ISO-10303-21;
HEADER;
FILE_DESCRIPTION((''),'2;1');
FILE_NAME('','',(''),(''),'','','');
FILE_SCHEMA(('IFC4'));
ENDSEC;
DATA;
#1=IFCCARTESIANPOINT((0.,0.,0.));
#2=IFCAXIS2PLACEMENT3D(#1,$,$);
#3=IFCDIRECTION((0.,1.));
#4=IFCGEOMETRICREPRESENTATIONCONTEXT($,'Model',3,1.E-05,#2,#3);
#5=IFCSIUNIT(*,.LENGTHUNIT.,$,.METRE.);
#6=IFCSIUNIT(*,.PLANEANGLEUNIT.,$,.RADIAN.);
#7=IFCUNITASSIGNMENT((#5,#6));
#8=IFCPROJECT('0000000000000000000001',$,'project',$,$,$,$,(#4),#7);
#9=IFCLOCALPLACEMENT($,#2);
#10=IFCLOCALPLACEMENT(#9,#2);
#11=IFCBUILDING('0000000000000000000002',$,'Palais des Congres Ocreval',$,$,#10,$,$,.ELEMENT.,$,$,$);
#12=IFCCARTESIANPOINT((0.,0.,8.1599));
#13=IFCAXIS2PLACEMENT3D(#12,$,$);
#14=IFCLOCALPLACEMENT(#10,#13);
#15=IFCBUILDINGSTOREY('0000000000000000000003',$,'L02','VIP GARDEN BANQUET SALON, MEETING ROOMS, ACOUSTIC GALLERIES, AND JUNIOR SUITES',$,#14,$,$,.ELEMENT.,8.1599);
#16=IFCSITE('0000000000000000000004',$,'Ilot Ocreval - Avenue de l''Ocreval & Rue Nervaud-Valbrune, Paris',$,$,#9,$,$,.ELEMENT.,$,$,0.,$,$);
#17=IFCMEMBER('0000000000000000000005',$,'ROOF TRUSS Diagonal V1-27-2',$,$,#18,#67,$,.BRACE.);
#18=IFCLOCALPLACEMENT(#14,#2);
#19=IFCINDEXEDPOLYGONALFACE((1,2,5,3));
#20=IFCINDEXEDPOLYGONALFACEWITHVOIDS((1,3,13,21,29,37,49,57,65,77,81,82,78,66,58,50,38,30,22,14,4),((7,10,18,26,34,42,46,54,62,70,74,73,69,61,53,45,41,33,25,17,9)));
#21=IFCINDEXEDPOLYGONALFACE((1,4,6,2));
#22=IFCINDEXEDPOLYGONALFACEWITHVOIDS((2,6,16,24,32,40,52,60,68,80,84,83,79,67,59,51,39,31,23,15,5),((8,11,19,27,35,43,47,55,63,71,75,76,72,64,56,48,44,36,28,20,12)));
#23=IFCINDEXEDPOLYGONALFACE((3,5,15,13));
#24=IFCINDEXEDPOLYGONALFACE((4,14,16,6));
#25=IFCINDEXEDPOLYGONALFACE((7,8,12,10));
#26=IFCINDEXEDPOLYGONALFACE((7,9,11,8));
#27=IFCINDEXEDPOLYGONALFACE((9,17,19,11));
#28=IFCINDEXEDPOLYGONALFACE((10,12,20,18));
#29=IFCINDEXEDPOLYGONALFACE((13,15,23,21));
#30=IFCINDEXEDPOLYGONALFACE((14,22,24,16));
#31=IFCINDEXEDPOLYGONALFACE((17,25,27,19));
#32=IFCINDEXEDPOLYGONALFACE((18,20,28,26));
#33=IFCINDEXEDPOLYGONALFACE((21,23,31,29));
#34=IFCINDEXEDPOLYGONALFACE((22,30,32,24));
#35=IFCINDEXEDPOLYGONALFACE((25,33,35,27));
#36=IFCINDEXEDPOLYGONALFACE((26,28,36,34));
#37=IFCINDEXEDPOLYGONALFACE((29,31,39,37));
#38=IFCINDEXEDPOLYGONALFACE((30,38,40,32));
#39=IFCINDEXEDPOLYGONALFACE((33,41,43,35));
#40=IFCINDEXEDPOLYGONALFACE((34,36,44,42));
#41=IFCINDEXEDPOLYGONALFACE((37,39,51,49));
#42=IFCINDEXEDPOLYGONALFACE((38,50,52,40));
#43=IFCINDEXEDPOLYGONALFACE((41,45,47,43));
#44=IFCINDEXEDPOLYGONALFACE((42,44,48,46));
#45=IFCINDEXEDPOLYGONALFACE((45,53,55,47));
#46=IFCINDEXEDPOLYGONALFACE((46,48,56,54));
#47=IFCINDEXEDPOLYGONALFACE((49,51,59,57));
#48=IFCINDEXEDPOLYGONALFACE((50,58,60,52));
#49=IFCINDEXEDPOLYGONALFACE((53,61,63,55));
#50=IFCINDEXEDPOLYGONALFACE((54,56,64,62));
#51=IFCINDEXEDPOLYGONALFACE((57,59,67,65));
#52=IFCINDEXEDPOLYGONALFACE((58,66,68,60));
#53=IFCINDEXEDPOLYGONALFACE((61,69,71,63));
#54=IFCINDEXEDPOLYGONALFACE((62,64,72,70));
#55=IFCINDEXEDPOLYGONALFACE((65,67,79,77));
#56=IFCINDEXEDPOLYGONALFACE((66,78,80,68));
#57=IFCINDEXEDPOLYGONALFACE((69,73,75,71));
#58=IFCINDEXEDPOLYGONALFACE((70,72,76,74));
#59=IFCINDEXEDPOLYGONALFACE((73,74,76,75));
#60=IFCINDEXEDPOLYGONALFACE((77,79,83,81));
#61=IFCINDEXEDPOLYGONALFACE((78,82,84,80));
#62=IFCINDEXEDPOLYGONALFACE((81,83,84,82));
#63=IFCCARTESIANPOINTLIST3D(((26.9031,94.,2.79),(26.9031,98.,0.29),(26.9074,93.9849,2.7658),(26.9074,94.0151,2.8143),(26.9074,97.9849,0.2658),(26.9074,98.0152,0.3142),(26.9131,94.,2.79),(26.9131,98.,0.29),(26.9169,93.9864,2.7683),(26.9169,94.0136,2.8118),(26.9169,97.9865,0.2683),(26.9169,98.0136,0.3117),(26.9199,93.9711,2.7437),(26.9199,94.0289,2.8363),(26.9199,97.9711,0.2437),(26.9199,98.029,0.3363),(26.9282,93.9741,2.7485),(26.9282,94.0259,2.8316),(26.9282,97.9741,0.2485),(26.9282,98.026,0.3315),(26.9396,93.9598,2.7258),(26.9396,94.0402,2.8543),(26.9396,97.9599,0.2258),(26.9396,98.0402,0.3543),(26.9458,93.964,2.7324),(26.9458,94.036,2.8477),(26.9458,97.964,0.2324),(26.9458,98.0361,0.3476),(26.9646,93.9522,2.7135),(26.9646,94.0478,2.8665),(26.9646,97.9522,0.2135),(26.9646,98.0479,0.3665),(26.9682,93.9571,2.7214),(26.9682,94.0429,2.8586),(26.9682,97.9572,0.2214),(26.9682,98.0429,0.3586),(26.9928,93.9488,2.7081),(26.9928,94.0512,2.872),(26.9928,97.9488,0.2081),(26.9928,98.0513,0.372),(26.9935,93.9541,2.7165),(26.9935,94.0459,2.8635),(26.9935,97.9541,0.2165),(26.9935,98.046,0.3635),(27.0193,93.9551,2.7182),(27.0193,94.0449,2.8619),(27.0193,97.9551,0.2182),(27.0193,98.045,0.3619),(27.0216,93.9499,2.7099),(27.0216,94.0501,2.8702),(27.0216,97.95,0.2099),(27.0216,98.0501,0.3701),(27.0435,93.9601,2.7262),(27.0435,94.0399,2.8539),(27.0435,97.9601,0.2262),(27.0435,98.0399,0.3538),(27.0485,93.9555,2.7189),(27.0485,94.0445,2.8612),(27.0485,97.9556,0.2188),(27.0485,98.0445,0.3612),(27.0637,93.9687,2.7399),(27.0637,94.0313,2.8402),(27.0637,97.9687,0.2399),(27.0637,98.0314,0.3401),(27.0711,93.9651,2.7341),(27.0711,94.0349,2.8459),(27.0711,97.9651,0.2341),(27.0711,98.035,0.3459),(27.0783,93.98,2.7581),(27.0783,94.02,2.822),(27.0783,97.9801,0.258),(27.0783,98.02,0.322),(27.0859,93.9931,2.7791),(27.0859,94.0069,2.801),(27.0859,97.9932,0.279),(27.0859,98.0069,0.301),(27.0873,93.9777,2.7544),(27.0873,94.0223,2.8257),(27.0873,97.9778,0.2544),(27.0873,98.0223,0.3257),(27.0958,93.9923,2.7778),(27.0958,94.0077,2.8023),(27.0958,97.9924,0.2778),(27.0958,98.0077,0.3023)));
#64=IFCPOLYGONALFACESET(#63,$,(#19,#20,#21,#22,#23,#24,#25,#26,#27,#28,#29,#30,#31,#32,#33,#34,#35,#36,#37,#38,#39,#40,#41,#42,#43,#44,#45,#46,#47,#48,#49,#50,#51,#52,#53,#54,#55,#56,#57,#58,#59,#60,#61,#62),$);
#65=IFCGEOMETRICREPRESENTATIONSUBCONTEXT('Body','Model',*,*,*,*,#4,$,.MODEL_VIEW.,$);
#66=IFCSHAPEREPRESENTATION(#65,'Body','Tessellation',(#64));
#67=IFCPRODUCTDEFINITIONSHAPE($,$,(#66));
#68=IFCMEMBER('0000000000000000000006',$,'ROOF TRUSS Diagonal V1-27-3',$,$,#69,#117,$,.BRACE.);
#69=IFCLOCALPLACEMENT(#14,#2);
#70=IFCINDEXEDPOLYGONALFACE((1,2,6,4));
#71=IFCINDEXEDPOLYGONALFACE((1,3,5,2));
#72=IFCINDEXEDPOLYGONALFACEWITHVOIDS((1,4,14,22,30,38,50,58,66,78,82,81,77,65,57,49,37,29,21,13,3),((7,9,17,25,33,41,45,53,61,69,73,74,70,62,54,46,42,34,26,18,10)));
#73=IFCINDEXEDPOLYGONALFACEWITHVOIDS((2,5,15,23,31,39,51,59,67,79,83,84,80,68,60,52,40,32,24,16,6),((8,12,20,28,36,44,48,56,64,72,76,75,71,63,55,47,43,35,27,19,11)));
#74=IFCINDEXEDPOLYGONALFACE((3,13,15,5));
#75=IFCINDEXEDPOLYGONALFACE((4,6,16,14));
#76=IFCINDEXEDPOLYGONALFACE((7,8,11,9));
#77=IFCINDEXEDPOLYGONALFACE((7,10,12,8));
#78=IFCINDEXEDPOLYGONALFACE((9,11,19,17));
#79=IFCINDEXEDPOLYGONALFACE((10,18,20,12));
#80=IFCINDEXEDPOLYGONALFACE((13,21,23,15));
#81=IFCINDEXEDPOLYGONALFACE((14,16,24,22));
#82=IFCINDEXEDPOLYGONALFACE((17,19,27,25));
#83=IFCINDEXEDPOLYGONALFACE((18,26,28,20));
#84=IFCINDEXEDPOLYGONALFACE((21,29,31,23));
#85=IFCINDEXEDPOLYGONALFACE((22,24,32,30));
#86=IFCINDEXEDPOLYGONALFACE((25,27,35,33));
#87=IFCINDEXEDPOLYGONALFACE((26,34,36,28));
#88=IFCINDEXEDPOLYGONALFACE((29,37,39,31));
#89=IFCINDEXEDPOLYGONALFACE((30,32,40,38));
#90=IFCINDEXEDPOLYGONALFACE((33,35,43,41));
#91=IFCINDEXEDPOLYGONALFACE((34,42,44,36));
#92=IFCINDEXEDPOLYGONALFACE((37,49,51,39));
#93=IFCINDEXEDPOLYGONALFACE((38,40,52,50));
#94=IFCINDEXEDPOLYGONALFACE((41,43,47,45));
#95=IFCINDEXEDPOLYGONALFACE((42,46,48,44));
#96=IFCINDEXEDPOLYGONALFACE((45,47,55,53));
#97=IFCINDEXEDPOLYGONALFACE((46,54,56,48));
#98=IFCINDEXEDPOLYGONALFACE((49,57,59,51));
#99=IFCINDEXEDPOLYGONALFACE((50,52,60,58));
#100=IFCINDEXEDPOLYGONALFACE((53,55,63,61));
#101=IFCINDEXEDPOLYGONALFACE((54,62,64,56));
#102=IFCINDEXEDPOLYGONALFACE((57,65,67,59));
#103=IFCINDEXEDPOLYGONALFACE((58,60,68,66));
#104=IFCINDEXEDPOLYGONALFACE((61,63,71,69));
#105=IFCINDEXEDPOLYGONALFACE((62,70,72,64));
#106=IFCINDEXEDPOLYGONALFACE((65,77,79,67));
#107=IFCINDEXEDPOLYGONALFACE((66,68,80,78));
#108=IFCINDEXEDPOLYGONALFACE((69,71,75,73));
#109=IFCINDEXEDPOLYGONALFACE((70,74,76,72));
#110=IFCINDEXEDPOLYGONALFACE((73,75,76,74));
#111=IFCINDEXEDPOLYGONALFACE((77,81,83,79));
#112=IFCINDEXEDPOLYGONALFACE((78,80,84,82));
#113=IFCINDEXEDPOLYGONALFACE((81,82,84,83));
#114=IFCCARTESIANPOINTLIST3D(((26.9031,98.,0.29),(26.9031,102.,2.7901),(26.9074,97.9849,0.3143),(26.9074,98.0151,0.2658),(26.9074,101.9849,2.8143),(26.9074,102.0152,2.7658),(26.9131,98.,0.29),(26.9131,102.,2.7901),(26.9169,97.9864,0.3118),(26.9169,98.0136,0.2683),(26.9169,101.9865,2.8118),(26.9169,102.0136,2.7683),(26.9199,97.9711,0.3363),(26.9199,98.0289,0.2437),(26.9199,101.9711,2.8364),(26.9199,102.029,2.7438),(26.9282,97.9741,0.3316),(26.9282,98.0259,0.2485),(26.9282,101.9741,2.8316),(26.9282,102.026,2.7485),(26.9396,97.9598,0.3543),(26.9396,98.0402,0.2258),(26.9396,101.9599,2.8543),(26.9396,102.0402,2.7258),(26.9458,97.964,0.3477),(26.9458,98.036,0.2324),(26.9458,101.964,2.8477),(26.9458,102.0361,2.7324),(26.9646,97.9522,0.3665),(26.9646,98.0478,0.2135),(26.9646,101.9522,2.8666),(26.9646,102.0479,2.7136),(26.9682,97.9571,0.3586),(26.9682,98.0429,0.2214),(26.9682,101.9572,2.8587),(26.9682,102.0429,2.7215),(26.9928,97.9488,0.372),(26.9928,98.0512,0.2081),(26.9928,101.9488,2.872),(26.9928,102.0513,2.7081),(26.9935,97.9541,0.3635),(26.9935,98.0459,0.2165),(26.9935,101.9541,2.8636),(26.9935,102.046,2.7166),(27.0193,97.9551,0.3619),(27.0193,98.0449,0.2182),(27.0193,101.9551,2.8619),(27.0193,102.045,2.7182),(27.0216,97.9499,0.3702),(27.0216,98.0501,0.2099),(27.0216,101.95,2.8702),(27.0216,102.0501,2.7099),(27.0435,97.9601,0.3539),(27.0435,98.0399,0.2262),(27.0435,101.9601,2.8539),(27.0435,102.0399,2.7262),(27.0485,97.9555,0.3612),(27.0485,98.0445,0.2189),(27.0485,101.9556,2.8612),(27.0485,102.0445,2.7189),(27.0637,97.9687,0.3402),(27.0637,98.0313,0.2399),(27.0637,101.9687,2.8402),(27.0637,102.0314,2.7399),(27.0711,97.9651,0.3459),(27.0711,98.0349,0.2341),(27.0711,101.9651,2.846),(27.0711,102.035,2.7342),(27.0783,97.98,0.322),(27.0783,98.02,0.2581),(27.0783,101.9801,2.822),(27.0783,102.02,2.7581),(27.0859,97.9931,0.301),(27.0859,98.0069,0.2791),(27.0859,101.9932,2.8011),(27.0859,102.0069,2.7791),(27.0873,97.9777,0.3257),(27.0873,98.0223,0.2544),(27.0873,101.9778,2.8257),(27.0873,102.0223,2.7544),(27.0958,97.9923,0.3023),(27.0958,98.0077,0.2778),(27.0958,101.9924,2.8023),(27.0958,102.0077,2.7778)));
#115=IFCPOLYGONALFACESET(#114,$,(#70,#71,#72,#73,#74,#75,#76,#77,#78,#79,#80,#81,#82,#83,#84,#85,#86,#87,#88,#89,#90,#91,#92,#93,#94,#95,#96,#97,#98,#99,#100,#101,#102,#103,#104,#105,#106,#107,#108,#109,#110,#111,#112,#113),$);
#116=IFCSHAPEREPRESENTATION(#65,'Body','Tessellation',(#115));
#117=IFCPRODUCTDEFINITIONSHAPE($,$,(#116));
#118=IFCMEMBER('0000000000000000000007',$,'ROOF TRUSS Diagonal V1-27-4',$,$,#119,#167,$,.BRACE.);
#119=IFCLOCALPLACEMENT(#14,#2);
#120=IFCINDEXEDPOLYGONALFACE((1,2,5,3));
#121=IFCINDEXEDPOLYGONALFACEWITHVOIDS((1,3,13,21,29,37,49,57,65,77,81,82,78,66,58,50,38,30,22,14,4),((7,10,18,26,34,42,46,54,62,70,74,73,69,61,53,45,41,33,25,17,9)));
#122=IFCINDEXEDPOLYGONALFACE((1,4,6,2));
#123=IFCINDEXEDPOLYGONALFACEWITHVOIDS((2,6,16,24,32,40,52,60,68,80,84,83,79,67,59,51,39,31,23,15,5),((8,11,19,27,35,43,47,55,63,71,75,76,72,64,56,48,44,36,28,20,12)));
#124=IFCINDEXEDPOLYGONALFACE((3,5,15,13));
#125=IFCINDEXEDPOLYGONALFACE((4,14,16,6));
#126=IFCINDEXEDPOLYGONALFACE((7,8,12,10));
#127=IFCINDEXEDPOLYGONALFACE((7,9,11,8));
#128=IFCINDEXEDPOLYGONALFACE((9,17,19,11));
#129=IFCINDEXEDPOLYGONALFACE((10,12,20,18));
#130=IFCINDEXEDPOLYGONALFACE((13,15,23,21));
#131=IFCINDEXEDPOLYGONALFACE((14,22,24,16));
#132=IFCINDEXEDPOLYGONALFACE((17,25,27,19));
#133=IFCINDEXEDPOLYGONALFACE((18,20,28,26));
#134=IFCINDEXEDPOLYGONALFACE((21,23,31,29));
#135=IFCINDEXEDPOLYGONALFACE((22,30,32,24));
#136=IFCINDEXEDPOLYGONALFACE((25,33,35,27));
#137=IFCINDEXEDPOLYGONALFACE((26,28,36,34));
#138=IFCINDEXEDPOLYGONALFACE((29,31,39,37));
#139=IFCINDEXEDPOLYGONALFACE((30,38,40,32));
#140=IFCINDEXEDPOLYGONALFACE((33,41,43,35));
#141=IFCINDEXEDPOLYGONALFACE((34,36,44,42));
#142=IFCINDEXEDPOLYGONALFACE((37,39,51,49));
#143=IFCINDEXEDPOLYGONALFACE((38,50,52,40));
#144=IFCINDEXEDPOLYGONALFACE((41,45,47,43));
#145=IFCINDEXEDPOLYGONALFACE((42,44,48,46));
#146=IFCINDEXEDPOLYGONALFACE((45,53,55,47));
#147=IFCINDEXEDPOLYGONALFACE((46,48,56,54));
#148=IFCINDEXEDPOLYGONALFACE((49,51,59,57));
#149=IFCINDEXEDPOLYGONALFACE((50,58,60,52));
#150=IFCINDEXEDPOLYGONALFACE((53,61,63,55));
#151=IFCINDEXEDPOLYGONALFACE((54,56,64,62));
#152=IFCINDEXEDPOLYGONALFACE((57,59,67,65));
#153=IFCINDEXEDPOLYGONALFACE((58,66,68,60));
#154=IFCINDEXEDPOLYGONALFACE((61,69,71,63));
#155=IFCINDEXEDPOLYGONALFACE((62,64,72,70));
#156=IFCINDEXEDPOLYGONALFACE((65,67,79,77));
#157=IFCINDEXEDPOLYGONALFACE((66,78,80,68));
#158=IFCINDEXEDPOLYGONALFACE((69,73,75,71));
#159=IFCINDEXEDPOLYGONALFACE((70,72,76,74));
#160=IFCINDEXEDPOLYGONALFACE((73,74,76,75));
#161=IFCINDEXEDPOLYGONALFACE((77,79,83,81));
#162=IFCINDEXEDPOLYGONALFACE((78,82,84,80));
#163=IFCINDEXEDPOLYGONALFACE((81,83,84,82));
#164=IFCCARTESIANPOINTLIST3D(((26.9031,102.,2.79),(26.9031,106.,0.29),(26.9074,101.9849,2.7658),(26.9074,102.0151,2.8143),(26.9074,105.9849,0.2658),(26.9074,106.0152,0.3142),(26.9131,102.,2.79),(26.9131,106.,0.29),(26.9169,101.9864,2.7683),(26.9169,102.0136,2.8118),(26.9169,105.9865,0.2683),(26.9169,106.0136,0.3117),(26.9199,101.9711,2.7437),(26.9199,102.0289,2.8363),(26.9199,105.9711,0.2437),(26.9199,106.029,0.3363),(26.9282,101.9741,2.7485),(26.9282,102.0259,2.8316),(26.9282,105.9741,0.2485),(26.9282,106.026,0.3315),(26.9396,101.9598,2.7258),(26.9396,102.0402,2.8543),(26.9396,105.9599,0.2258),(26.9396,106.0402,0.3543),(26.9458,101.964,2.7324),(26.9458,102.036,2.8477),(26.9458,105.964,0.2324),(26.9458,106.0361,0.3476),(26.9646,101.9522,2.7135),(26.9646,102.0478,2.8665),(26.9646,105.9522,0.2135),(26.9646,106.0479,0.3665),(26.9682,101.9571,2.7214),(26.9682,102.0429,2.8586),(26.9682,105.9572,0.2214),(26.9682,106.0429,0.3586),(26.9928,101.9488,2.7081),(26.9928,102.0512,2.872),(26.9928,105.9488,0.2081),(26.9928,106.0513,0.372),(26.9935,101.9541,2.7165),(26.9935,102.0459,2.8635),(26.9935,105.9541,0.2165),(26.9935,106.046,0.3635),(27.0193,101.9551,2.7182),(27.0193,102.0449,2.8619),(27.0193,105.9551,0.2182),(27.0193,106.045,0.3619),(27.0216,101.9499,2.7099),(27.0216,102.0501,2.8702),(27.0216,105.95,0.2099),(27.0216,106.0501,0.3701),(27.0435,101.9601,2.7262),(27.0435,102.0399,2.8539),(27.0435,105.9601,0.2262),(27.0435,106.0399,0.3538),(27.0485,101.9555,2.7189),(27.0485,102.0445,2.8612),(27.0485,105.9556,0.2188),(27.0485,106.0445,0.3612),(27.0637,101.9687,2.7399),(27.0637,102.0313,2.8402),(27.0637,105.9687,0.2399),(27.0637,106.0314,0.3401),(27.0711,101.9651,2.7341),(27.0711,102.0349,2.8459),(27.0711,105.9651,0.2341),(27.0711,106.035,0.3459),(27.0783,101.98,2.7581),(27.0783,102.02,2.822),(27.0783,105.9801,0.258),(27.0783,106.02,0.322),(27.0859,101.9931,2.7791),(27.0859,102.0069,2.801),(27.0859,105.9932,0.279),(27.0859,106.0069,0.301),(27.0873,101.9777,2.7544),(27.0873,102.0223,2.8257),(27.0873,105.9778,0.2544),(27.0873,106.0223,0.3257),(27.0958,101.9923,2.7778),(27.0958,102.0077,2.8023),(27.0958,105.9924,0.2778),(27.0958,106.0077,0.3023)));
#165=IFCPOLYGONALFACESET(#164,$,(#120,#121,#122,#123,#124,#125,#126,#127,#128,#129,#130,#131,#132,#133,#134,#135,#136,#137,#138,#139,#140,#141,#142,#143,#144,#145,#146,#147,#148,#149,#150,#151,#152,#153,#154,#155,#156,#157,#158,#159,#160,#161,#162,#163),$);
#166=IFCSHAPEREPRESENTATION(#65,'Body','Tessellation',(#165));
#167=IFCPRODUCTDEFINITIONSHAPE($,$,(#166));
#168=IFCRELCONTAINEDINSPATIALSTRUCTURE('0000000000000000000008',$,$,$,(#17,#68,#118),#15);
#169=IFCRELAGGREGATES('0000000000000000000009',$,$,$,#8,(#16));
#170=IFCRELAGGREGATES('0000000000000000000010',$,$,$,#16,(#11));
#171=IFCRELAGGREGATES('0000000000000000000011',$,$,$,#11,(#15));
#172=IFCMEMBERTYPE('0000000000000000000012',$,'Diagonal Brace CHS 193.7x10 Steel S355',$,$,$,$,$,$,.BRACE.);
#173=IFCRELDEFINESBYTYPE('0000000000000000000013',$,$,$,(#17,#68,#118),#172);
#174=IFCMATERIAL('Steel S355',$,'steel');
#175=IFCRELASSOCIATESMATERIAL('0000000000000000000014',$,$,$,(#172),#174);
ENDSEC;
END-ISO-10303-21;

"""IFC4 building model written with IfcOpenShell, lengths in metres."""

from ifc_helpers import new_model, si_unit, direction, frame, origin, origin_2d, place, context, subcontext, project, spatial, hollow_circle, extrude, material, material_profile, profile_set, type_object, element, save


model = new_model("IFC4")

# Units and contexts
model_context = context("Model", 3, precision=1e-05, world=origin(), true_north=direction((0.0, 1.0)))
body_context = subcontext(model_context, "Body", "Model", "MODEL_VIEW")
ifc_project = project(units=[si_unit("LENGTHUNIT", "METRE"), si_unit("PLANEANGLEUNIT", "RADIAN")], contexts=[model_context])

# Site, building, storey
site_placement = place(None, origin())
site = spatial("IfcSite", under=ifc_project, at=site_placement, Name="Ilot Ocreval - Avenue de l'Ocreval & Rue Nervaud-Valbrune, Paris", CompositionType="ELEMENT", RefElevation=0.0)
building_placement = place(site_placement, origin())
building = spatial("IfcBuilding", under=site, at=building_placement, Name="Palais des Congres Ocreval", CompositionType="ELEMENT")
storey_placement = place(building_placement, frame((0.0, 0.0, 8.1599)))
storey = spatial("IfcBuildingStorey", under=building, at=storey_placement, Name="L02", Description="VIP GARDEN BANQUET SALON, MEETING ROOMS, ACOUSTIC GALLERIES, AND JUNIOR SUITES", CompositionType="ELEMENT", Elevation=8.1599)

# Shared definitions
ifc_material_1 = material(Name="Steel S355", Category="steel")

# Members
ifc_material_profile_1 = material_profile(ifc_material_1, hollow_circle(Radius=0.0969, WallThickness=0.01, at=origin_2d()), Name="CHS 193.7x10")
ifc_profile_set_1 = profile_set([ifc_material_profile_1], Name="Steel S355")
member_type_1 = type_object("IfcMemberType", Name="Diagonal Brace CHS 193.7x10 Steel S355", PredefinedType="BRACE", material=ifc_profile_set_1)
for number, where, z_axis, x_axis, name in (
    (1, (27.0, 94.0, 2.79), (0.0, 0.847998, -0.529999), (-1.0, 0.0, 0.0), "ROOF TRUSS Diagonal V1-27-2"),
    (2, (27.0, 98.0, 0.29), (0.0, 0.847998, 0.529999), (-1.0, 0.0, 0.0), "ROOF TRUSS Diagonal V1-27-3"),
    (3, (27.0, 102.0, 2.79), (0.0, 0.847998, -0.529999), (-1.0, 0.0, 0.0), "ROOF TRUSS Diagonal V1-27-4"),
):
    element("IfcMember", number, at=place(storey_placement, frame(where, z_axis=z_axis, x_axis=x_axis)), inside=storey, type_object=member_type_1, Name=name, PredefinedType="BRACE", context=body_context, shape_type="SweptSolid", body=[
        extrude(hollow_circle(Radius=0.0969, WallThickness=0.01, at=origin_2d()), origin(), (0.0, 0.0, 1.0), 4.717),
    ])

save(model, "model.ifc")
